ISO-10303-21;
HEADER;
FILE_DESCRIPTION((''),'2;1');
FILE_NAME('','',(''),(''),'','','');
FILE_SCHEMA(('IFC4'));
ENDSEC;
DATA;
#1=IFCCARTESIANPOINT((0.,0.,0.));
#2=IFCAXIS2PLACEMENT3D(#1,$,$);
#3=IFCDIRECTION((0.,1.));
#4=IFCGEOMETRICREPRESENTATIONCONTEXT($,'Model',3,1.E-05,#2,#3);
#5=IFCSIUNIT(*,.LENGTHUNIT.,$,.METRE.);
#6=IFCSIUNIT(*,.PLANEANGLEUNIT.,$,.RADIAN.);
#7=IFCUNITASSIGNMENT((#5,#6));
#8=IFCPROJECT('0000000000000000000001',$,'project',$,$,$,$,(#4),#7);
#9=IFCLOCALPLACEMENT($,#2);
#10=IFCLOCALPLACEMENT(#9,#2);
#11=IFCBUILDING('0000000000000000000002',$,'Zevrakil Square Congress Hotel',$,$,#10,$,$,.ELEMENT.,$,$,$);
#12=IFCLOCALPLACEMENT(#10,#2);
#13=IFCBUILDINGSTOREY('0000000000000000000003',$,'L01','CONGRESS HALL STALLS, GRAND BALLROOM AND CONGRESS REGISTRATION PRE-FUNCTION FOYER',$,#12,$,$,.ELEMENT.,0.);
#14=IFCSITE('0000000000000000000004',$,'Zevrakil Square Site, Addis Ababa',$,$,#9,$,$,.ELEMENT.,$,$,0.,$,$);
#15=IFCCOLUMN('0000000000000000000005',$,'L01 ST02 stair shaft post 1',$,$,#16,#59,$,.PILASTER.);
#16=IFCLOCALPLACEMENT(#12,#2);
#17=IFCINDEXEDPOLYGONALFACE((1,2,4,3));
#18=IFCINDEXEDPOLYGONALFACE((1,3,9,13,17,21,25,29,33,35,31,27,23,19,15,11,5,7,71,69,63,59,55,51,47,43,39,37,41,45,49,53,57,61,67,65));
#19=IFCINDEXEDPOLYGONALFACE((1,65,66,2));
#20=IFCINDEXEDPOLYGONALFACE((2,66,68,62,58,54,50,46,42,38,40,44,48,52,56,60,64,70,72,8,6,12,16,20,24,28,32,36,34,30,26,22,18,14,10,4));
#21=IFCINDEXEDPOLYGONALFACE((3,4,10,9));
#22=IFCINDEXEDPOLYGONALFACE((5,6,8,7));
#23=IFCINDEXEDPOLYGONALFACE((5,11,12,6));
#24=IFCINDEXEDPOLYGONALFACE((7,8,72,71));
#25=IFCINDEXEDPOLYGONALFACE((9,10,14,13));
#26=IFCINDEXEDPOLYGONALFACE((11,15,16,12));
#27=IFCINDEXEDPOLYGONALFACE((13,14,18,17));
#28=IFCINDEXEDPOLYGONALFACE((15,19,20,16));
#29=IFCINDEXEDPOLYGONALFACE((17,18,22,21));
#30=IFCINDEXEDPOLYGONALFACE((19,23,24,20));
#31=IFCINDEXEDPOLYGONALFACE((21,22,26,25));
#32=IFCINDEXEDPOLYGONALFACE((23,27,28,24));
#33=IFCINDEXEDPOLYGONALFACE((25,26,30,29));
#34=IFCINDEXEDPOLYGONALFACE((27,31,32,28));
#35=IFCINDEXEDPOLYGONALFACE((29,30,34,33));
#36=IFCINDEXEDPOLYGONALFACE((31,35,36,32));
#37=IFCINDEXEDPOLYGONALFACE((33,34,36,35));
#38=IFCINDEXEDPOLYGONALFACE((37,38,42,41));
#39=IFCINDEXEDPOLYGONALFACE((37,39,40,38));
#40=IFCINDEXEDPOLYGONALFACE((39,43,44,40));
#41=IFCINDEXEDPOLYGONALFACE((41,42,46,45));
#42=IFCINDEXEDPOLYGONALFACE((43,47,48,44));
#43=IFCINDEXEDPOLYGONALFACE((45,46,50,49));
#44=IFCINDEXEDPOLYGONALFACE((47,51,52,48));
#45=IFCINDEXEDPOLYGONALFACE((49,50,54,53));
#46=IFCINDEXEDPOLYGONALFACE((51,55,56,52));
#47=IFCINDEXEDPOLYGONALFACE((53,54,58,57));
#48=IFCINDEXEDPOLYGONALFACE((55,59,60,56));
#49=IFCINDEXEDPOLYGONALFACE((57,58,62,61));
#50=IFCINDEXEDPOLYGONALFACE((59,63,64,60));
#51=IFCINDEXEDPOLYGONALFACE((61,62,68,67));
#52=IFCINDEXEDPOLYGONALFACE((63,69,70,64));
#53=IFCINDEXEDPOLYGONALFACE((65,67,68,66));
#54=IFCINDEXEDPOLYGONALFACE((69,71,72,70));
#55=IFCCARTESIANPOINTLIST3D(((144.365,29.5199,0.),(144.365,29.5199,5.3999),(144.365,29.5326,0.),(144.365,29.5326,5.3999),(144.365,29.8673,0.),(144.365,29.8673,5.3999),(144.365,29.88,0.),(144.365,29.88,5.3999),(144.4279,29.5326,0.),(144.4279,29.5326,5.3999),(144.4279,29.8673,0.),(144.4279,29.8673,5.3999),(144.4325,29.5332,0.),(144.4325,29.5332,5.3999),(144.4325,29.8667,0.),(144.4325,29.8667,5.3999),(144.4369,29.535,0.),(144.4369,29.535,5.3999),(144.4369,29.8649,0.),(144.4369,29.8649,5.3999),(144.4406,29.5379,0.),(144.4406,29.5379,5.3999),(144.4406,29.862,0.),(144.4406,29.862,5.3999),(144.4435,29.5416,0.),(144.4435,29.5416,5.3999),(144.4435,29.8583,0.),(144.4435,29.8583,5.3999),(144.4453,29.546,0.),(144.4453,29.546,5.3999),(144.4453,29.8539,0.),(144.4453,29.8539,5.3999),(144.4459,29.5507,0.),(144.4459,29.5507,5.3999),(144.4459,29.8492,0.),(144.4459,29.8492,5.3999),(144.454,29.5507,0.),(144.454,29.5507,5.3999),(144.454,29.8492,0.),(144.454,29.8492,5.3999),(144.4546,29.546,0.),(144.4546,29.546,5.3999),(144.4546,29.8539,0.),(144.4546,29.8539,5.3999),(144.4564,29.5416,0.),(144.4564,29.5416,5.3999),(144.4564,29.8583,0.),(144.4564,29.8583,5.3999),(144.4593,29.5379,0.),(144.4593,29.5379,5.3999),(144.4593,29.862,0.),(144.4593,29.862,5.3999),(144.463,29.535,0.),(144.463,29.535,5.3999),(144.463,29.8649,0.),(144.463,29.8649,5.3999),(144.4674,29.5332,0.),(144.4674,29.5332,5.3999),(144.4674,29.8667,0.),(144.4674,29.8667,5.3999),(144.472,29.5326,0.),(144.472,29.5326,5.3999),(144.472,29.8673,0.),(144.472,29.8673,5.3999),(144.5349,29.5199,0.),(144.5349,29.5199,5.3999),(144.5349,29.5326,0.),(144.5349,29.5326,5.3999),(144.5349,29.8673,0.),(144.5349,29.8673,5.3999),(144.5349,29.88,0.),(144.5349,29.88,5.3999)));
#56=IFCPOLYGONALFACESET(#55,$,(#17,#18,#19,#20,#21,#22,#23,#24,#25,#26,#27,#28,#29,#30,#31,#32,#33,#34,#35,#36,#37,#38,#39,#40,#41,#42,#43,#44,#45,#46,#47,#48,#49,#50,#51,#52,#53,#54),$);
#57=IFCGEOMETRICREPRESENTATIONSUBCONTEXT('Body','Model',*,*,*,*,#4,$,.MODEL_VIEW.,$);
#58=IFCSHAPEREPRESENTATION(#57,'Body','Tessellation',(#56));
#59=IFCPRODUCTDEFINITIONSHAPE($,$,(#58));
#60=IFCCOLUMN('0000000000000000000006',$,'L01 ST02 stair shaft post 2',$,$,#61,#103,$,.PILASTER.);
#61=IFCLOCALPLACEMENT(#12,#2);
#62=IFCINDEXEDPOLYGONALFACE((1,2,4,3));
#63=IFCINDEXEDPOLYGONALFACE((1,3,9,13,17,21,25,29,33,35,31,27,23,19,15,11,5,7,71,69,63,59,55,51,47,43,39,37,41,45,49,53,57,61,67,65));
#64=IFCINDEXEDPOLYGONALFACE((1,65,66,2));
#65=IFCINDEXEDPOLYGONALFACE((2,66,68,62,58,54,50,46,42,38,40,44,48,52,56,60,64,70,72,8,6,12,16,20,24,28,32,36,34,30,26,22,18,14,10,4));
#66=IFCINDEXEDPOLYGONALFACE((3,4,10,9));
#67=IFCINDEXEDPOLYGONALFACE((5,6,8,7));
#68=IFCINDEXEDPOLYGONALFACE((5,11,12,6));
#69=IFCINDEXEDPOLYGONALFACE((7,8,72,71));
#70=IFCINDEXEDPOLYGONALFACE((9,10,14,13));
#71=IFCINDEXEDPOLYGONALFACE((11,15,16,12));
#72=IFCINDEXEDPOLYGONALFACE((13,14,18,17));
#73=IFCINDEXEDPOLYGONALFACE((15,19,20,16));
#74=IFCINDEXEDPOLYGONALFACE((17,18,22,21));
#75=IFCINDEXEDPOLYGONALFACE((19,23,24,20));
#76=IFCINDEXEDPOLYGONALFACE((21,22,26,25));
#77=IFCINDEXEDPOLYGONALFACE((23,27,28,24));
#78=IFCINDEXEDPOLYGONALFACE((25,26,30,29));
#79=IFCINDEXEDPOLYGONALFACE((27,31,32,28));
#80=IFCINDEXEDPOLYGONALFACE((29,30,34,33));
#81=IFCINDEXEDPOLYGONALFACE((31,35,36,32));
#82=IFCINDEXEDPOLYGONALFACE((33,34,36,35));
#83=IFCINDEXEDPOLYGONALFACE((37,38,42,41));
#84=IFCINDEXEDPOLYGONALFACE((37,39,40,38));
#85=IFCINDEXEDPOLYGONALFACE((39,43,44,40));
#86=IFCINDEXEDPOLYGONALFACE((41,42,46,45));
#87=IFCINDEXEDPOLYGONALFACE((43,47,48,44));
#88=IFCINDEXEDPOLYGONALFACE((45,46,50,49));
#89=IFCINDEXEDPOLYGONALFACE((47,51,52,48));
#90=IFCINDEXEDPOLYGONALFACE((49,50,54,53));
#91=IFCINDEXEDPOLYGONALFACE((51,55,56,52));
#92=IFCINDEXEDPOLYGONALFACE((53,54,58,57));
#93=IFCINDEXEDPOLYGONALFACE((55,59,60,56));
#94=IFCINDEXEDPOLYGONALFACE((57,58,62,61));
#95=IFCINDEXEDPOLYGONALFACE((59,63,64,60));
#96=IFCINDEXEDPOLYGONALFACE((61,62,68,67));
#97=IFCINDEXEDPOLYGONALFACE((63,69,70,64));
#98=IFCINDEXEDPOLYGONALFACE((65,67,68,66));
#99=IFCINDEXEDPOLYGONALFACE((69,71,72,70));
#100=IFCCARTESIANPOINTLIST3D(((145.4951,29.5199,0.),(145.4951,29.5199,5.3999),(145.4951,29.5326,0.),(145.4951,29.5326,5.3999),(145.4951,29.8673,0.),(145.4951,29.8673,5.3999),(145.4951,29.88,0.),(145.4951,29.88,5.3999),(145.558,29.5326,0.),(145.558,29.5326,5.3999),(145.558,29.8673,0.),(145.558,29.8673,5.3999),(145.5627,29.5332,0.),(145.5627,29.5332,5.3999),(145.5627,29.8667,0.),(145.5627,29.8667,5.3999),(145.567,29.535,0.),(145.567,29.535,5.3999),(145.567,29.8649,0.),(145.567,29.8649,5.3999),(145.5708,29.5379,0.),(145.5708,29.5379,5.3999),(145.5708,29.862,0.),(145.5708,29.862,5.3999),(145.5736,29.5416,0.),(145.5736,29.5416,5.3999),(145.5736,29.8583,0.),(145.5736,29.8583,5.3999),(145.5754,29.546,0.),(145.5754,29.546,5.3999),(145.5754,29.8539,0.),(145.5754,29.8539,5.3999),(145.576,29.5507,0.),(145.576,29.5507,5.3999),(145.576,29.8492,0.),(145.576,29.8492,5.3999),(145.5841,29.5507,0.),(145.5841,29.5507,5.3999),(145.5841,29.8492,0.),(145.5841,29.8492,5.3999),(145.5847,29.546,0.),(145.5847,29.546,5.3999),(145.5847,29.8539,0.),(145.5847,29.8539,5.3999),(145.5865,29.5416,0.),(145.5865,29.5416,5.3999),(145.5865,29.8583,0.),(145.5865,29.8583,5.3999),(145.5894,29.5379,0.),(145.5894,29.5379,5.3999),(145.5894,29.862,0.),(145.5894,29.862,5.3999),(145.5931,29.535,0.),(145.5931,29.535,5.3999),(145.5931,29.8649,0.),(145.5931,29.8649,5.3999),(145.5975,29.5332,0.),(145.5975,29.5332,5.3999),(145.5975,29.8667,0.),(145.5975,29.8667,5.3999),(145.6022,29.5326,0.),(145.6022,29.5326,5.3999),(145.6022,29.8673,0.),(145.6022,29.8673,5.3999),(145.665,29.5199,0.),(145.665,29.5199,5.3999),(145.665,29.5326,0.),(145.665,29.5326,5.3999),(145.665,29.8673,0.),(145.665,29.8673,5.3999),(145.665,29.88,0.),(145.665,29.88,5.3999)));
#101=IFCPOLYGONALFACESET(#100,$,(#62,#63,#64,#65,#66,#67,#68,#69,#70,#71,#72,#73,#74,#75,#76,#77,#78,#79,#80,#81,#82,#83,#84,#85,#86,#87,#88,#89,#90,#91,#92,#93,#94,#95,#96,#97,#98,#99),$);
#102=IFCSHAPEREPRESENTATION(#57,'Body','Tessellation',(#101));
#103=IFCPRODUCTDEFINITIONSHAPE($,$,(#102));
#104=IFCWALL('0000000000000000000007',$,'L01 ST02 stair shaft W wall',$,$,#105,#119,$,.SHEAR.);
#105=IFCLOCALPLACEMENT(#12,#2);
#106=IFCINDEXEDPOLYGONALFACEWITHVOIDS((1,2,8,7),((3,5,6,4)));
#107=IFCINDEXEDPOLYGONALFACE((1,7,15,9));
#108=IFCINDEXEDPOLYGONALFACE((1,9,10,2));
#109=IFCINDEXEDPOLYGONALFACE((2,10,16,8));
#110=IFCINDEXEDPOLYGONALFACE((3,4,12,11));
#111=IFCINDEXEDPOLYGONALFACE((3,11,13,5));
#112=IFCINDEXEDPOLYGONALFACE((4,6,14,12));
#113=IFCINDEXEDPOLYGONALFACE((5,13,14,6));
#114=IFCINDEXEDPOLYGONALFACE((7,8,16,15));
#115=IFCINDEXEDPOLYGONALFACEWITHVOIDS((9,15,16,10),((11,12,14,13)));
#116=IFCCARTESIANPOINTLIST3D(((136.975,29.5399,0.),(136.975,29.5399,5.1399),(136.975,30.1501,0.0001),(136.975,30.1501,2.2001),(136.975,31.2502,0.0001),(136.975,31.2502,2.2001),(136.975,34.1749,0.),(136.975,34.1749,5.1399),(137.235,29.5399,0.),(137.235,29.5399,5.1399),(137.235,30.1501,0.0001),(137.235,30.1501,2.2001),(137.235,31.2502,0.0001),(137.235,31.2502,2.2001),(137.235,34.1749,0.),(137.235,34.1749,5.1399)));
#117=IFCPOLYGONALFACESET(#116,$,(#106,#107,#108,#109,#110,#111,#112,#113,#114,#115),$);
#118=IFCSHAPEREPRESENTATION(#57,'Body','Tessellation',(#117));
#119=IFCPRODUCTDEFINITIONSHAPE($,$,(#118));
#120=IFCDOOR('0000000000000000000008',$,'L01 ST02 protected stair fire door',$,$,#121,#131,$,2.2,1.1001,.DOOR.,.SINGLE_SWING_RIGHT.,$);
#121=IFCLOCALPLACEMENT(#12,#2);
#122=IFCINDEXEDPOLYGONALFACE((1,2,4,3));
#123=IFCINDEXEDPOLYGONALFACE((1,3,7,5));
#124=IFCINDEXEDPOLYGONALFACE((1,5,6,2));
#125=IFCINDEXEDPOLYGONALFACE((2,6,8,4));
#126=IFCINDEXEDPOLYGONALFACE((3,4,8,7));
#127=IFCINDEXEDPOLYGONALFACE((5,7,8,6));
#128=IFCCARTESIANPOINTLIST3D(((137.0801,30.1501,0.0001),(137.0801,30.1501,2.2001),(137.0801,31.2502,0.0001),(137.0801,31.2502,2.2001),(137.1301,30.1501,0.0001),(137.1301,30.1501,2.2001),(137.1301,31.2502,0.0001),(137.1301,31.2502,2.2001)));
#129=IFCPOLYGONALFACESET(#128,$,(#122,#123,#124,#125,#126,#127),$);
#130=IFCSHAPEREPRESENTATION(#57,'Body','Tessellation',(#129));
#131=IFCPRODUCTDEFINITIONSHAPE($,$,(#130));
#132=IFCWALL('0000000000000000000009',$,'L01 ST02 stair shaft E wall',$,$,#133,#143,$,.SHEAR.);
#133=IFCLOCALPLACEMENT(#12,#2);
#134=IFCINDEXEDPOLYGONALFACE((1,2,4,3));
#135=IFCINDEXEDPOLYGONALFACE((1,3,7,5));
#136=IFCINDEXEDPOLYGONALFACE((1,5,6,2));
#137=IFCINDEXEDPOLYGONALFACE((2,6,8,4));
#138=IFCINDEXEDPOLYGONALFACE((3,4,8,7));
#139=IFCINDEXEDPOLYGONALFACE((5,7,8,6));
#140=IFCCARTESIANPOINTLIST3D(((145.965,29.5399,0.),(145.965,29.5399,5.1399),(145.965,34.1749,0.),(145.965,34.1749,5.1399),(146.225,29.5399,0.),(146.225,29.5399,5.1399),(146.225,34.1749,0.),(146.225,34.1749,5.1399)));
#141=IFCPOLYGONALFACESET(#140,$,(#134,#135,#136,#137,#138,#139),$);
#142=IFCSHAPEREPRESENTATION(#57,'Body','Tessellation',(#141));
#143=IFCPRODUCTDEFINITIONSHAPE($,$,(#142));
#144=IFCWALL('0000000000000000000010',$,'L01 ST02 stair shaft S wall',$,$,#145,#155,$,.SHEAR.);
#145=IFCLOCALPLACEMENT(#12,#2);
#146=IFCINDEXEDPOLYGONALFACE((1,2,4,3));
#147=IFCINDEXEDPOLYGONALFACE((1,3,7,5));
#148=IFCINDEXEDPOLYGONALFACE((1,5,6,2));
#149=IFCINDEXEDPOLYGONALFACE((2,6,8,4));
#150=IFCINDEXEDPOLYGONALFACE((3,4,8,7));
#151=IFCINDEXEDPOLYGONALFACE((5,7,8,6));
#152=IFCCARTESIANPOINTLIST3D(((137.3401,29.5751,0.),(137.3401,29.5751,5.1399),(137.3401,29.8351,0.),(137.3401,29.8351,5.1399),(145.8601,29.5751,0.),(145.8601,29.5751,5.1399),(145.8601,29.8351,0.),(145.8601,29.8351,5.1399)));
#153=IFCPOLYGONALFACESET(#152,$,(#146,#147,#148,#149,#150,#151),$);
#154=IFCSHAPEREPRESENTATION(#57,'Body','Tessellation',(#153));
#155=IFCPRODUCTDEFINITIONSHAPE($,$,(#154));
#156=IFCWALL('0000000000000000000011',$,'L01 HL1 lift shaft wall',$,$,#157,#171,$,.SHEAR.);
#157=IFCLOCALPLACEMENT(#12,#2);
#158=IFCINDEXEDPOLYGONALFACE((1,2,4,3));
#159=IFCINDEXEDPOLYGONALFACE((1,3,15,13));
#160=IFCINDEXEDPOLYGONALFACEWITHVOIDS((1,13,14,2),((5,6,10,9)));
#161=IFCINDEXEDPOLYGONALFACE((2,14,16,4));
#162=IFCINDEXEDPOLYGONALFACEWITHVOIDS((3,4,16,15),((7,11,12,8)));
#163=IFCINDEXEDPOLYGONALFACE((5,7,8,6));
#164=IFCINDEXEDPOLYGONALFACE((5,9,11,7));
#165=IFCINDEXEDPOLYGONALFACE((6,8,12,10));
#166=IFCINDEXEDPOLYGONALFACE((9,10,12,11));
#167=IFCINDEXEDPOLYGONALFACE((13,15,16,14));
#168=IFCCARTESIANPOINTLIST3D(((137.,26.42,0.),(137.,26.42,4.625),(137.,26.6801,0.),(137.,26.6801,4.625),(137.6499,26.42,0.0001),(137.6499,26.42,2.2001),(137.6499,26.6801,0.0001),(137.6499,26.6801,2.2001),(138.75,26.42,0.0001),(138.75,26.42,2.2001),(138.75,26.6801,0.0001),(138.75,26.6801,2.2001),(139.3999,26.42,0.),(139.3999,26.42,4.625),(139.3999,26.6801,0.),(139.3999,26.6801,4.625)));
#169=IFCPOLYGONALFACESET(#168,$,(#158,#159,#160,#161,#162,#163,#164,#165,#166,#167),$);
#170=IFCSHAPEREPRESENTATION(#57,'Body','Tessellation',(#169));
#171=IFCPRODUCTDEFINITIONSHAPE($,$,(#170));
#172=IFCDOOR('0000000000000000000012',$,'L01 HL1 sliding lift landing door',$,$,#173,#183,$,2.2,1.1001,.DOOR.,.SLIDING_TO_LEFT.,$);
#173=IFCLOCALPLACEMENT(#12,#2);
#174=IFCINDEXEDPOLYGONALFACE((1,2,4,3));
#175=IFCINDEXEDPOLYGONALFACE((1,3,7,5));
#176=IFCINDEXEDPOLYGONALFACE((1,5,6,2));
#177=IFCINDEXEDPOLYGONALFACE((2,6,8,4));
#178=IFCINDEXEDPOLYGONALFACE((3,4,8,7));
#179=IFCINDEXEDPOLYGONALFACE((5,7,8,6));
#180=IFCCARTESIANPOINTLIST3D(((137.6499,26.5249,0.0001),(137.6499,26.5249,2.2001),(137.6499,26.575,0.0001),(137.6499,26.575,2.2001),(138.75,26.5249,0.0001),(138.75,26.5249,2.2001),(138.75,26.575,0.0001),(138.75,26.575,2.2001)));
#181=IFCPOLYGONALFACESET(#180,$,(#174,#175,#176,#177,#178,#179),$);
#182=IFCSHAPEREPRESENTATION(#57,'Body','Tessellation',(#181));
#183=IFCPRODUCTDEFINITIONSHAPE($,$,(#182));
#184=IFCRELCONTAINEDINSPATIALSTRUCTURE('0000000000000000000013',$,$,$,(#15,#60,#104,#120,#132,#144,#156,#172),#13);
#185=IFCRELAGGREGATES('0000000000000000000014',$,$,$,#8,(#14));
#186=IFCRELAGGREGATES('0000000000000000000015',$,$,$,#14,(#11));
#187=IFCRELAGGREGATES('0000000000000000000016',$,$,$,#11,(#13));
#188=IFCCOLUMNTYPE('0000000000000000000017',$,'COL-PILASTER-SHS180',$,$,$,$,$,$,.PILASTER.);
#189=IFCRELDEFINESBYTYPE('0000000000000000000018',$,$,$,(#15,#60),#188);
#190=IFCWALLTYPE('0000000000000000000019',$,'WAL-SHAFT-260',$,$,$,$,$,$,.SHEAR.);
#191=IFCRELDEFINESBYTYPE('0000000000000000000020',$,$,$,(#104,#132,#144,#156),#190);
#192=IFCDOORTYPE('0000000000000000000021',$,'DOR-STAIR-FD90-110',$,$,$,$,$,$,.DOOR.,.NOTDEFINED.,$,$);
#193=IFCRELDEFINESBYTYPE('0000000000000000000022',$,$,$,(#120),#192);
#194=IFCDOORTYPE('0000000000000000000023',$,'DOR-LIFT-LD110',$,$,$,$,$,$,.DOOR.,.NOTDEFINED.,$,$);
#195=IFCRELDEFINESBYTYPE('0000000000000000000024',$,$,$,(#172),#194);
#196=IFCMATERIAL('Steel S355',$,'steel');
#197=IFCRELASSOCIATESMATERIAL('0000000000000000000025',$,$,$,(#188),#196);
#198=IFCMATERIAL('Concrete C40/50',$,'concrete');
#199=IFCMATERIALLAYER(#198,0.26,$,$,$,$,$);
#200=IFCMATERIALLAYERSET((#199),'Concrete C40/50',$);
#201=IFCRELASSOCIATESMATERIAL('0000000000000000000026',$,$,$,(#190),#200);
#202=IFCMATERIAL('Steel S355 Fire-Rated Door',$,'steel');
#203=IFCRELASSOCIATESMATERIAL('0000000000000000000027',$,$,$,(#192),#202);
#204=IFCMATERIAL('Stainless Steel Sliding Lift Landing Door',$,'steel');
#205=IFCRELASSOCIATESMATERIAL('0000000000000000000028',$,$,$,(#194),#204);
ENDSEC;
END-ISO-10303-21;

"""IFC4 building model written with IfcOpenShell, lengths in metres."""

from ifc_helpers import new_model, si_unit, direction, frame, frame_2d, origin, origin_2d, place, context, subcontext, project, spatial, rectangle, i_section, extrude, material, layer, layer_set, material_profile, profile_set, type_object, element, fill, save


model = new_model("IFC4")

# Units and contexts
model_context = context("Model", 3, precision=1e-05, world=origin(), true_north=direction((0.0, 1.0)))
body_context = subcontext(model_context, "Body", "Model", "MODEL_VIEW")
ifc_project = project(units=[si_unit("LENGTHUNIT", "METRE"), si_unit("PLANEANGLEUNIT", "RADIAN")], contexts=[model_context])

# Site, building, storey
site_placement = place(None, origin())
site = spatial("IfcSite", under=ifc_project, at=site_placement, Name="Zevrakil Square Site, Addis Ababa", CompositionType="ELEMENT", RefElevation=0.0)
building_placement = place(site_placement, origin())
building = spatial("IfcBuilding", under=site, at=building_placement, Name="Zevrakil Square Congress Hotel", CompositionType="ELEMENT")
storey_placement = place(building_placement, origin())
storey = spatial("IfcBuildingStorey", under=building, at=storey_placement, Name="L01", Description="CONGRESS HALL STALLS, GRAND BALLROOM AND CONGRESS REGISTRATION PRE-FUNCTION FOYER", CompositionType="ELEMENT", Elevation=0.0)

# Columns
ifc_material_1 = material(Name="Steel S355", Category="steel")
ifc_material_profile = material_profile(ifc_material_1, i_section(OverallWidth=0.1699, OverallDepth=0.3601, WebThickness=0.0081, FlangeThickness=0.0127, FilletRadius=0.0181, at=origin_2d()), Name="IPE 360")
ifc_profile_set = profile_set([ifc_material_profile], Name="Steel S355")
column_type = type_object("IfcColumnType", Name="COL-PILASTER-SHS180", PredefinedType="PILASTER", material=ifc_profile_set)
for number, where, z_axis, x_axis, name in (
    (1, (144.45, 29.7, 0.0), (0.0, 0.0, 1.0), (1.0, 0.0, 0.0), "L01 ST02 stair shaft post 1"),
    (2, (145.5801, 29.7, 0.0), (0.0, 0.0, 1.0), (1.0, 0.0, 0.0), "L01 ST02 stair shaft post 2"),
):
    element("IfcColumn", number, at=place(storey_placement, frame(where, z_axis=z_axis, x_axis=x_axis)), inside=storey, type_object=column_type, Name=name, PredefinedType="PILASTER", context=body_context, shape_type="SweptSolid", body=[
        extrude(i_section(OverallWidth=0.1699, OverallDepth=0.3601, WebThickness=0.0081, FlangeThickness=0.0127, FilletRadius=0.0181, at=origin_2d()), origin(), (0.0, 0.0, 1.0), 5.3999),
    ])

# Wall, opening, door
ifc_material_2 = material(Name="Concrete C40/50", Category="concrete")
ifc_layer_1 = layer(ifc_material_2, 0.26)
ifc_layer_set_1 = layer_set([ifc_layer_1], Name="Concrete C40/50")
wall_type = type_object("IfcWallType", Name="WAL-SHAFT-260", PredefinedType="SHEAR", material=ifc_layer_set_1)
wall_1_placement = place(storey_placement, frame((137.105, 29.54, 0.0), z_axis=(0.0, 0.0, 1.0), x_axis=(0.0, 1.0, 0.0)))
wall_1 = element("IfcWall", 3, at=wall_1_placement, inside=storey, type_object=wall_type, Name="L01 ST02 stair shaft W wall", PredefinedType="SHEAR", context=body_context, shape_type="SweptSolid", body=[
    extrude(rectangle(XDim=4.635, YDim=0.26, at=frame_2d((2.3174, 0.0))), origin(), (0.0, 0.0, 1.0), 5.1399),
])
opening_1_placement = place(wall_1_placement, frame((0.6101, 0.0, 0.0)))
opening_1 = element("IfcOpeningElement", 4, at=opening_1_placement, cuts=wall_1, PredefinedType="OPENING", context=body_context, shape_type="SweptSolid", body=[
    extrude(rectangle(XDim=1.1001, YDim=2.2, at=frame_2d((0.55, 1.1001))), frame((0.0, 0.1401, 0.0), z_axis=(0.0, -1.0, 0.0), x_axis=(1.0, 0.0, 0.0)), (0.0, 0.0, 1.0), 0.28),
])
ifc_material_3 = material(Name="Steel S355 Fire-Rated Door", Category="steel")
door_type_1 = type_object("IfcDoorType", Name="DOR-STAIR-FD90-110", OperationType="NOTDEFINED", PredefinedType="DOOR", material=ifc_material_3)
door_1_placement = place(opening_1_placement, origin())
door_1 = element("IfcDoor", 5, at=door_1_placement, inside=storey, type_object=door_type_1, Name="L01 ST02 protected stair fire door", OperationType="SINGLE_SWING_RIGHT", OverallHeight=2.2, OverallWidth=1.1001, PredefinedType="DOOR", context=body_context, shape_type="SweptSolid", body=[
    extrude(rectangle(XDim=1.1001, YDim=2.2, at=frame_2d((0.55, 1.1001))), frame((0.0, 0.0249, 0.0), z_axis=(0.0, -1.0, 0.0), x_axis=(1.0, 0.0, 0.0)), (0.0, 0.0, 1.0), 0.05),
])
fill(opening_1, door_1)

# Walls
wall_2_placement = place(storey_placement, frame((146.095, 29.54, 0.0), z_axis=(0.0, 0.0, 1.0), x_axis=(0.0, 1.0, 0.0)))
element("IfcWall", 6, at=wall_2_placement, inside=storey, type_object=wall_type, Name="L01 ST02 stair shaft E wall", PredefinedType="SHEAR", context=body_context, shape_type="SweptSolid", body=[
    extrude(rectangle(XDim=4.635, YDim=0.26, at=frame_2d((2.3174, 0.0))), origin(), (0.0, 0.0, 1.0), 5.1399),
])
wall_3_placement = place(storey_placement, frame((137.3401, 29.7051, 0.0), z_axis=(0.0, 0.0, 1.0), x_axis=(1.0, 0.0, 0.0)))
element("IfcWall", 7, at=wall_3_placement, inside=storey, type_object=wall_type, Name="L01 ST02 stair shaft S wall", PredefinedType="SHEAR", context=body_context, shape_type="SweptSolid", body=[
    extrude(rectangle(XDim=8.52, YDim=0.26, at=frame_2d((4.26, 0.0))), origin(), (0.0, 0.0, 1.0), 5.1399),
])

# Wall, opening, door
wall_4_placement = place(storey_placement, frame((137.0, 26.55, 0.0), z_axis=(0.0, 0.0, 1.0), x_axis=(1.0, 0.0, 0.0)))
wall_4 = element("IfcWall", 8, at=wall_4_placement, inside=storey, type_object=wall_type, Name="L01 HL1 lift shaft wall", PredefinedType="SHEAR", context=body_context, shape_type="SweptSolid", body=[
    extrude(rectangle(XDim=2.3999, YDim=0.26, at=frame_2d((1.2, 0.0))), origin(), (0.0, 0.0, 1.0), 4.625),
])
opening_2_placement = place(wall_4_placement, frame((0.6499, 0.0, 0.0)))
opening_2 = element("IfcOpeningElement", 9, at=opening_2_placement, cuts=wall_4, PredefinedType="OPENING", context=body_context, shape_type="SweptSolid", body=[
    extrude(rectangle(XDim=1.1001, YDim=2.2, at=frame_2d((0.55, 1.1001))), frame((0.0, 0.1401, 0.0), z_axis=(0.0, -1.0, 0.0), x_axis=(1.0, 0.0, 0.0)), (0.0, 0.0, 1.0), 0.28),
])
ifc_material_4 = material(Name="Stainless Steel Sliding Lift Landing Door", Category="steel")
door_type_2 = type_object("IfcDoorType", Name="DOR-LIFT-LD110", OperationType="NOTDEFINED", PredefinedType="DOOR", material=ifc_material_4)
door_2_placement = place(opening_2_placement, origin())
door_2 = element("IfcDoor", 10, at=door_2_placement, inside=storey, type_object=door_type_2, Name="L01 HL1 sliding lift landing door", OperationType="SLIDING_TO_LEFT", OverallHeight=2.2, OverallWidth=1.1001, PredefinedType="DOOR", context=body_context, shape_type="SweptSolid", body=[
    extrude(rectangle(XDim=1.1001, YDim=2.2, at=frame_2d((0.55, 1.1001))), frame((0.0, 0.0249, 0.0), z_axis=(0.0, -1.0, 0.0), x_axis=(1.0, 0.0, 0.0)), (0.0, 0.0, 1.0), 0.05),
])
fill(opening_2, door_2)

save(model, "model.ifc")
